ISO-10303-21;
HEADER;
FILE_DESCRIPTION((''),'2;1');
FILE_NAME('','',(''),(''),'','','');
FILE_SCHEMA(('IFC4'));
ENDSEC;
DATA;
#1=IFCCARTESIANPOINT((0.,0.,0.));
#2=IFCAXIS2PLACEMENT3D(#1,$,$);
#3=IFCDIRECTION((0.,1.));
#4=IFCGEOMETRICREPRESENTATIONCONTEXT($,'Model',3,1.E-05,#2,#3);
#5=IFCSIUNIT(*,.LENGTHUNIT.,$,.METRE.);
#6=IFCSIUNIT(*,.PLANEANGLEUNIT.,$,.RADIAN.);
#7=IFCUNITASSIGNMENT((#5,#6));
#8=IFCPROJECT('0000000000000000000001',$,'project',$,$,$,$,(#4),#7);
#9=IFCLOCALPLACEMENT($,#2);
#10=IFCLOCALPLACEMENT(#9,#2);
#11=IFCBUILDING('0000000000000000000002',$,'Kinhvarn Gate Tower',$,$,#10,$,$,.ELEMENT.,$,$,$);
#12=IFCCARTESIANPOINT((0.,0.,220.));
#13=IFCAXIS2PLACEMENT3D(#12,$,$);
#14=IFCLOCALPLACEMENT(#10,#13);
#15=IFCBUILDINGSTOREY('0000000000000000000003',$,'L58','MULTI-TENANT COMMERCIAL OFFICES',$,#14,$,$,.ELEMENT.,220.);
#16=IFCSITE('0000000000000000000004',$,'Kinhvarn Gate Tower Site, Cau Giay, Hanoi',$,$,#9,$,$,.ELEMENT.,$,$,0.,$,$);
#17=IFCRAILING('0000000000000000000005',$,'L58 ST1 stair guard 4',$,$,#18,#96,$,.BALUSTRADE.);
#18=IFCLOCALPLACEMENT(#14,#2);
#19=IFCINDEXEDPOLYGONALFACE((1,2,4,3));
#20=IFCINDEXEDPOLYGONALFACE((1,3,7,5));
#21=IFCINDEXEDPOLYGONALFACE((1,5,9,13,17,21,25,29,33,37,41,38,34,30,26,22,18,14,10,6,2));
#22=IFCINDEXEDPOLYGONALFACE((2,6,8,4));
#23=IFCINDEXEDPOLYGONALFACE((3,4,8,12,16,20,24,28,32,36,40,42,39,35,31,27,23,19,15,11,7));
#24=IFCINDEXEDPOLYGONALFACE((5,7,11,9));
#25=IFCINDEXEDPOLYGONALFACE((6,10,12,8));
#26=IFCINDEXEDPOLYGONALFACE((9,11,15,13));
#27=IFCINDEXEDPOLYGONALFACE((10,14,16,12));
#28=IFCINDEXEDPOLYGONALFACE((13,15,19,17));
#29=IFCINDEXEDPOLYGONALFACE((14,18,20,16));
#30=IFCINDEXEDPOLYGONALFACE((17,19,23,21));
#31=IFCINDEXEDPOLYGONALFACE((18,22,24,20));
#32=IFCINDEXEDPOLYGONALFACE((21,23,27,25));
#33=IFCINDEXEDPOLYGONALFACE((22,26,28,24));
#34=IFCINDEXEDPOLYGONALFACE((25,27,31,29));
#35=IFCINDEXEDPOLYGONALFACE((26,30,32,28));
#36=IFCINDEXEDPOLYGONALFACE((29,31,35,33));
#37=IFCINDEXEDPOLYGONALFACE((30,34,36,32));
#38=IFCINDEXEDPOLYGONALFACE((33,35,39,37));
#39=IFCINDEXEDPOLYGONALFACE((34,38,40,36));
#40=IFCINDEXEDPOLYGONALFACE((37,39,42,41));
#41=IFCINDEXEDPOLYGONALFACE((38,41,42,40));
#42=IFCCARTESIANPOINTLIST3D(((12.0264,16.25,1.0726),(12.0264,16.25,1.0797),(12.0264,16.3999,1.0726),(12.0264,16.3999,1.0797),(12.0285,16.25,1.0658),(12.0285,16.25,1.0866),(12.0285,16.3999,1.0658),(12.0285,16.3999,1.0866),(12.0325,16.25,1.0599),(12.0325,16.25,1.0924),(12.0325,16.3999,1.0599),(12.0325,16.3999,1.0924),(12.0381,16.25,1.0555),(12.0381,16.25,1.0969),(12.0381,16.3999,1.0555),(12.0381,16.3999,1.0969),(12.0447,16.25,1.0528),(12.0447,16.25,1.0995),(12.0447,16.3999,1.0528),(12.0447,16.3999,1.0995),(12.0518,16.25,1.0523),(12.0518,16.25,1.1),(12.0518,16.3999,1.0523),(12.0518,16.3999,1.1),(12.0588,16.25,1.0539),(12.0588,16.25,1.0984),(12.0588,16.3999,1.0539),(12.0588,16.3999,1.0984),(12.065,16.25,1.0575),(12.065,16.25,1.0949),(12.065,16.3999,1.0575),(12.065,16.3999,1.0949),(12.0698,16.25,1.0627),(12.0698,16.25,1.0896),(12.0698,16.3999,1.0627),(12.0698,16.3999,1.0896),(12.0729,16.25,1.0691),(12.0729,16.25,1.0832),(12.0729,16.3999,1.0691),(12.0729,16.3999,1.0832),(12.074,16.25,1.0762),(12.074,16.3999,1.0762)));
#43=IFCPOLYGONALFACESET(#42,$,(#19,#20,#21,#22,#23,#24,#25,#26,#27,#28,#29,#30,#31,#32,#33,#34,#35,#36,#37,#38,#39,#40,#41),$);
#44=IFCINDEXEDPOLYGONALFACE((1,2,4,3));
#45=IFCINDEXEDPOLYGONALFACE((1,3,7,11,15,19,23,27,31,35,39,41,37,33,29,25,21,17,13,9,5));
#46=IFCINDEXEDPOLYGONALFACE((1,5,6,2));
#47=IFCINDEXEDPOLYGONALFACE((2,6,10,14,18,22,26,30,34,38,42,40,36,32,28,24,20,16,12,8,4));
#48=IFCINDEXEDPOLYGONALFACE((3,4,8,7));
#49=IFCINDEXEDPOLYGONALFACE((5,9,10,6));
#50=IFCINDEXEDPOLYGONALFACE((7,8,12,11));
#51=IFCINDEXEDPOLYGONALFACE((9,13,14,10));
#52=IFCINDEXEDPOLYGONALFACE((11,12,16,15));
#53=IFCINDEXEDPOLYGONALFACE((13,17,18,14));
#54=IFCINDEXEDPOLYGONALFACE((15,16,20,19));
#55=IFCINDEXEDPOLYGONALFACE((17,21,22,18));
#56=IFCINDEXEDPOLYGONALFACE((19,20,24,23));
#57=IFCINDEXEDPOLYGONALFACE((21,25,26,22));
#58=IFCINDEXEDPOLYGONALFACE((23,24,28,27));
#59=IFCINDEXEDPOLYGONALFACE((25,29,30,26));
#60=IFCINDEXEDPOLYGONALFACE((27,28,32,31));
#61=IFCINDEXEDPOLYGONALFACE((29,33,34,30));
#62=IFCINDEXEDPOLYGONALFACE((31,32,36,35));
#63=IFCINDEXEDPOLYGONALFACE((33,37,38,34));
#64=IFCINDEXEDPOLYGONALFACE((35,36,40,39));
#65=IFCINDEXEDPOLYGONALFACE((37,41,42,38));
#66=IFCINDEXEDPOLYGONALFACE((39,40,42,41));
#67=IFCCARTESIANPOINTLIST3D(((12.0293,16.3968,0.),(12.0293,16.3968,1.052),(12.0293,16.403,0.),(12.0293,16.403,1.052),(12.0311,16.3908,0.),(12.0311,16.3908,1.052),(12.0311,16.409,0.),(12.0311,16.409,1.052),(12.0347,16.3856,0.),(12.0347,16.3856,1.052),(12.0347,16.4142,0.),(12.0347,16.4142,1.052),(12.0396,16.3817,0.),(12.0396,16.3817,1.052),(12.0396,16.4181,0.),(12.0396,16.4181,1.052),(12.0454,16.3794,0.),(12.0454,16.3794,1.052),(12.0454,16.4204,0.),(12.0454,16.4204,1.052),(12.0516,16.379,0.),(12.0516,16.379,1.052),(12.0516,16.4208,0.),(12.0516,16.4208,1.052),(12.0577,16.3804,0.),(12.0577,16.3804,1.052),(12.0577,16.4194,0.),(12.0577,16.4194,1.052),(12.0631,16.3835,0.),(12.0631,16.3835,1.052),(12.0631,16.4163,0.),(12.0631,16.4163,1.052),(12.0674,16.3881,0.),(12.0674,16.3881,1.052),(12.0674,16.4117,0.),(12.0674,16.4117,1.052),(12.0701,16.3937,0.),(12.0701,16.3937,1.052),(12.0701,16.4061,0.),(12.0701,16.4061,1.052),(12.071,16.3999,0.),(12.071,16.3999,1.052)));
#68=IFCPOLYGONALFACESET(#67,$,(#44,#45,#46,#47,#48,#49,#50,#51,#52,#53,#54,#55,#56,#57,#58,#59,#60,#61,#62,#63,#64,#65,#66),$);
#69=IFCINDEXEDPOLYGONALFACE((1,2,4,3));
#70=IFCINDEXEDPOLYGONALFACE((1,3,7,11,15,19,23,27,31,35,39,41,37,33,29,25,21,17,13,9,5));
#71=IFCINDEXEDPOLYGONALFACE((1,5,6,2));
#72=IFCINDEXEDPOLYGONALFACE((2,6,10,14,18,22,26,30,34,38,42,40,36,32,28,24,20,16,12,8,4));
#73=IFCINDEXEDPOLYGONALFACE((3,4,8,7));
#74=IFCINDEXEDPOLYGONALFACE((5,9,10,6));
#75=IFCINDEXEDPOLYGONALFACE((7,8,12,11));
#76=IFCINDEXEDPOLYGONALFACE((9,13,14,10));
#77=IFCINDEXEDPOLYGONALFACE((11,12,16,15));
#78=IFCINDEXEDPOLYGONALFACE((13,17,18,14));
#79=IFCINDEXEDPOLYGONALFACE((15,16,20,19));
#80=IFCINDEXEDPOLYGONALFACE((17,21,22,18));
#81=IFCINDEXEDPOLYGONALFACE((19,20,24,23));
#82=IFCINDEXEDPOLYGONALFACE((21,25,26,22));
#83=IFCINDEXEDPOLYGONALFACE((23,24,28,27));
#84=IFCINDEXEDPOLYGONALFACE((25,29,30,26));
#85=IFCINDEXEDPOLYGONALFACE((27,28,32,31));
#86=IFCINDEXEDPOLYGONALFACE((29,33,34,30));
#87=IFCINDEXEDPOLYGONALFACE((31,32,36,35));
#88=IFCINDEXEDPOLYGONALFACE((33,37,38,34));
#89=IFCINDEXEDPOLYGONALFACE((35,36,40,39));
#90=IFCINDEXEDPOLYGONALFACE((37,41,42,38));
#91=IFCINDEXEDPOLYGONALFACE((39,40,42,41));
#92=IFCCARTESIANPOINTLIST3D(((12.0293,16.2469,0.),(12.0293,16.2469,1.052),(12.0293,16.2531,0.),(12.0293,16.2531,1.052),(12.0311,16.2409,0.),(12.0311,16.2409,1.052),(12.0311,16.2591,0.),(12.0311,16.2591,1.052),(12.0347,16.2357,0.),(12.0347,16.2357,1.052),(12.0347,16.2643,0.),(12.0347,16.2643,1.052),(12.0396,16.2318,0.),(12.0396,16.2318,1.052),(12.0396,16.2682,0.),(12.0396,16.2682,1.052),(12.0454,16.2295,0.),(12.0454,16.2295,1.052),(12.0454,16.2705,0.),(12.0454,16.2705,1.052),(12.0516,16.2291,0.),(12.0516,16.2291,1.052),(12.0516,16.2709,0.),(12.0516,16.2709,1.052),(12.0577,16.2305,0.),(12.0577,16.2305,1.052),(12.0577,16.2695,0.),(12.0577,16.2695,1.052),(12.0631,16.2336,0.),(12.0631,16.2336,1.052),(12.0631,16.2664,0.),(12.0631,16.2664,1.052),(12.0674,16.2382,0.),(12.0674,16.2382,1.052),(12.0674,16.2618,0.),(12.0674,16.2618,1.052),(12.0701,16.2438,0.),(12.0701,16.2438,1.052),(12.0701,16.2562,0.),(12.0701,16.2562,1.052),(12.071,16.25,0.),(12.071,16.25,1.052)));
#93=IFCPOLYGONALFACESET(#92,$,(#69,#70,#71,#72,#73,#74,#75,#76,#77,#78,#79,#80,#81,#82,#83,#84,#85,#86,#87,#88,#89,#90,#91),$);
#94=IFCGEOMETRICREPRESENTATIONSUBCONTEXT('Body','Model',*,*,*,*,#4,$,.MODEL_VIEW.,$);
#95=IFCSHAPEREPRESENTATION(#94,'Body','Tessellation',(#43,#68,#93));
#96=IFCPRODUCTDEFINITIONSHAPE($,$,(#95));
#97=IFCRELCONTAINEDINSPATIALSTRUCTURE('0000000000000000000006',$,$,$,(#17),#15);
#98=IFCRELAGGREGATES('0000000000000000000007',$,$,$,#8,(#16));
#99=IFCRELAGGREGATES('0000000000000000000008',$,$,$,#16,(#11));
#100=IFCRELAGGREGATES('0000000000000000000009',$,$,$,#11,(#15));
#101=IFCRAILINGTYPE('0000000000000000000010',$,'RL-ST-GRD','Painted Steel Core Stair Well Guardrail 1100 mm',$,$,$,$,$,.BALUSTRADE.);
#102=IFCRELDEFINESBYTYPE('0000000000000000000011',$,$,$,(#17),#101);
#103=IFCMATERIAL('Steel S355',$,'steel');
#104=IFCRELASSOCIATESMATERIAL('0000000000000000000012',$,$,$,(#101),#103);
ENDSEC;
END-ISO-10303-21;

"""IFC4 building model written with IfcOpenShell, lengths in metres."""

from ifc_helpers import new_model, si_unit, direction, frame, origin, origin_2d, place, context, subcontext, project, spatial, circle, extrude, material, type_object, element, save


model = new_model("IFC4")

# Units and contexts
model_context = context("Model", 3, precision=1e-05, world=origin(), true_north=direction((0.0, 1.0)))
body_context = subcontext(model_context, "Body", "Model", "MODEL_VIEW")
ifc_project = project(units=[si_unit("LENGTHUNIT", "METRE"), si_unit("PLANEANGLEUNIT", "RADIAN")], contexts=[model_context])

# Site, building, storey
site_placement = place(None, origin())
site = spatial("IfcSite", under=ifc_project, at=site_placement, Name="Kinhvarn Gate Tower Site, Cau Giay, Hanoi", CompositionType="ELEMENT", RefElevation=0.0)
building_placement = place(site_placement, origin())
building = spatial("IfcBuilding", under=site, at=building_placement, Name="Kinhvarn Gate Tower", CompositionType="ELEMENT")
storey_placement = place(building_placement, frame((0.0, 0.0, 220.0)))
storey = spatial("IfcBuildingStorey", under=building, at=storey_placement, Name="L58", Description="MULTI-TENANT COMMERCIAL OFFICES", CompositionType="ELEMENT", Elevation=220.0)

# Shared definitions
ifc_material_1 = material(Name="Steel S355", Category="steel")

# Railing
railing_type_1 = type_object("IfcRailingType", Name="RL-ST-GRD", Description="Painted Steel Core Stair Well Guardrail 1100 mm", PredefinedType="BALUSTRADE", material=ifc_material_1)
railing_1_placement = place(storey_placement, frame((12.05, 16.3999, 0.0)))
element("IfcRailing", 1, at=railing_1_placement, inside=storey, type_object=railing_type_1, Name="L58 ST1 stair guard 4", PredefinedType="BALUSTRADE", context=body_context, shape_type="SweptSolid", body=[
    extrude(circle(Radius=0.0239, at=origin_2d()), frame((0.0, 0.0, 1.0762), z_axis=(0.0, -1.0, 0.0), x_axis=(1.0, 0.0, 0.0)), (0.0, 0.0, 1.0), 0.1499),
    extrude(circle(Radius=0.021, at=origin_2d()), origin(), (0.0, 0.0, 1.0), 1.052),
    extrude(circle(Radius=0.021, at=origin_2d()), frame((0.0, -0.1499, 0.0)), (0.0, 0.0, 1.0), 1.052),
])

save(model, "model.ifc")
